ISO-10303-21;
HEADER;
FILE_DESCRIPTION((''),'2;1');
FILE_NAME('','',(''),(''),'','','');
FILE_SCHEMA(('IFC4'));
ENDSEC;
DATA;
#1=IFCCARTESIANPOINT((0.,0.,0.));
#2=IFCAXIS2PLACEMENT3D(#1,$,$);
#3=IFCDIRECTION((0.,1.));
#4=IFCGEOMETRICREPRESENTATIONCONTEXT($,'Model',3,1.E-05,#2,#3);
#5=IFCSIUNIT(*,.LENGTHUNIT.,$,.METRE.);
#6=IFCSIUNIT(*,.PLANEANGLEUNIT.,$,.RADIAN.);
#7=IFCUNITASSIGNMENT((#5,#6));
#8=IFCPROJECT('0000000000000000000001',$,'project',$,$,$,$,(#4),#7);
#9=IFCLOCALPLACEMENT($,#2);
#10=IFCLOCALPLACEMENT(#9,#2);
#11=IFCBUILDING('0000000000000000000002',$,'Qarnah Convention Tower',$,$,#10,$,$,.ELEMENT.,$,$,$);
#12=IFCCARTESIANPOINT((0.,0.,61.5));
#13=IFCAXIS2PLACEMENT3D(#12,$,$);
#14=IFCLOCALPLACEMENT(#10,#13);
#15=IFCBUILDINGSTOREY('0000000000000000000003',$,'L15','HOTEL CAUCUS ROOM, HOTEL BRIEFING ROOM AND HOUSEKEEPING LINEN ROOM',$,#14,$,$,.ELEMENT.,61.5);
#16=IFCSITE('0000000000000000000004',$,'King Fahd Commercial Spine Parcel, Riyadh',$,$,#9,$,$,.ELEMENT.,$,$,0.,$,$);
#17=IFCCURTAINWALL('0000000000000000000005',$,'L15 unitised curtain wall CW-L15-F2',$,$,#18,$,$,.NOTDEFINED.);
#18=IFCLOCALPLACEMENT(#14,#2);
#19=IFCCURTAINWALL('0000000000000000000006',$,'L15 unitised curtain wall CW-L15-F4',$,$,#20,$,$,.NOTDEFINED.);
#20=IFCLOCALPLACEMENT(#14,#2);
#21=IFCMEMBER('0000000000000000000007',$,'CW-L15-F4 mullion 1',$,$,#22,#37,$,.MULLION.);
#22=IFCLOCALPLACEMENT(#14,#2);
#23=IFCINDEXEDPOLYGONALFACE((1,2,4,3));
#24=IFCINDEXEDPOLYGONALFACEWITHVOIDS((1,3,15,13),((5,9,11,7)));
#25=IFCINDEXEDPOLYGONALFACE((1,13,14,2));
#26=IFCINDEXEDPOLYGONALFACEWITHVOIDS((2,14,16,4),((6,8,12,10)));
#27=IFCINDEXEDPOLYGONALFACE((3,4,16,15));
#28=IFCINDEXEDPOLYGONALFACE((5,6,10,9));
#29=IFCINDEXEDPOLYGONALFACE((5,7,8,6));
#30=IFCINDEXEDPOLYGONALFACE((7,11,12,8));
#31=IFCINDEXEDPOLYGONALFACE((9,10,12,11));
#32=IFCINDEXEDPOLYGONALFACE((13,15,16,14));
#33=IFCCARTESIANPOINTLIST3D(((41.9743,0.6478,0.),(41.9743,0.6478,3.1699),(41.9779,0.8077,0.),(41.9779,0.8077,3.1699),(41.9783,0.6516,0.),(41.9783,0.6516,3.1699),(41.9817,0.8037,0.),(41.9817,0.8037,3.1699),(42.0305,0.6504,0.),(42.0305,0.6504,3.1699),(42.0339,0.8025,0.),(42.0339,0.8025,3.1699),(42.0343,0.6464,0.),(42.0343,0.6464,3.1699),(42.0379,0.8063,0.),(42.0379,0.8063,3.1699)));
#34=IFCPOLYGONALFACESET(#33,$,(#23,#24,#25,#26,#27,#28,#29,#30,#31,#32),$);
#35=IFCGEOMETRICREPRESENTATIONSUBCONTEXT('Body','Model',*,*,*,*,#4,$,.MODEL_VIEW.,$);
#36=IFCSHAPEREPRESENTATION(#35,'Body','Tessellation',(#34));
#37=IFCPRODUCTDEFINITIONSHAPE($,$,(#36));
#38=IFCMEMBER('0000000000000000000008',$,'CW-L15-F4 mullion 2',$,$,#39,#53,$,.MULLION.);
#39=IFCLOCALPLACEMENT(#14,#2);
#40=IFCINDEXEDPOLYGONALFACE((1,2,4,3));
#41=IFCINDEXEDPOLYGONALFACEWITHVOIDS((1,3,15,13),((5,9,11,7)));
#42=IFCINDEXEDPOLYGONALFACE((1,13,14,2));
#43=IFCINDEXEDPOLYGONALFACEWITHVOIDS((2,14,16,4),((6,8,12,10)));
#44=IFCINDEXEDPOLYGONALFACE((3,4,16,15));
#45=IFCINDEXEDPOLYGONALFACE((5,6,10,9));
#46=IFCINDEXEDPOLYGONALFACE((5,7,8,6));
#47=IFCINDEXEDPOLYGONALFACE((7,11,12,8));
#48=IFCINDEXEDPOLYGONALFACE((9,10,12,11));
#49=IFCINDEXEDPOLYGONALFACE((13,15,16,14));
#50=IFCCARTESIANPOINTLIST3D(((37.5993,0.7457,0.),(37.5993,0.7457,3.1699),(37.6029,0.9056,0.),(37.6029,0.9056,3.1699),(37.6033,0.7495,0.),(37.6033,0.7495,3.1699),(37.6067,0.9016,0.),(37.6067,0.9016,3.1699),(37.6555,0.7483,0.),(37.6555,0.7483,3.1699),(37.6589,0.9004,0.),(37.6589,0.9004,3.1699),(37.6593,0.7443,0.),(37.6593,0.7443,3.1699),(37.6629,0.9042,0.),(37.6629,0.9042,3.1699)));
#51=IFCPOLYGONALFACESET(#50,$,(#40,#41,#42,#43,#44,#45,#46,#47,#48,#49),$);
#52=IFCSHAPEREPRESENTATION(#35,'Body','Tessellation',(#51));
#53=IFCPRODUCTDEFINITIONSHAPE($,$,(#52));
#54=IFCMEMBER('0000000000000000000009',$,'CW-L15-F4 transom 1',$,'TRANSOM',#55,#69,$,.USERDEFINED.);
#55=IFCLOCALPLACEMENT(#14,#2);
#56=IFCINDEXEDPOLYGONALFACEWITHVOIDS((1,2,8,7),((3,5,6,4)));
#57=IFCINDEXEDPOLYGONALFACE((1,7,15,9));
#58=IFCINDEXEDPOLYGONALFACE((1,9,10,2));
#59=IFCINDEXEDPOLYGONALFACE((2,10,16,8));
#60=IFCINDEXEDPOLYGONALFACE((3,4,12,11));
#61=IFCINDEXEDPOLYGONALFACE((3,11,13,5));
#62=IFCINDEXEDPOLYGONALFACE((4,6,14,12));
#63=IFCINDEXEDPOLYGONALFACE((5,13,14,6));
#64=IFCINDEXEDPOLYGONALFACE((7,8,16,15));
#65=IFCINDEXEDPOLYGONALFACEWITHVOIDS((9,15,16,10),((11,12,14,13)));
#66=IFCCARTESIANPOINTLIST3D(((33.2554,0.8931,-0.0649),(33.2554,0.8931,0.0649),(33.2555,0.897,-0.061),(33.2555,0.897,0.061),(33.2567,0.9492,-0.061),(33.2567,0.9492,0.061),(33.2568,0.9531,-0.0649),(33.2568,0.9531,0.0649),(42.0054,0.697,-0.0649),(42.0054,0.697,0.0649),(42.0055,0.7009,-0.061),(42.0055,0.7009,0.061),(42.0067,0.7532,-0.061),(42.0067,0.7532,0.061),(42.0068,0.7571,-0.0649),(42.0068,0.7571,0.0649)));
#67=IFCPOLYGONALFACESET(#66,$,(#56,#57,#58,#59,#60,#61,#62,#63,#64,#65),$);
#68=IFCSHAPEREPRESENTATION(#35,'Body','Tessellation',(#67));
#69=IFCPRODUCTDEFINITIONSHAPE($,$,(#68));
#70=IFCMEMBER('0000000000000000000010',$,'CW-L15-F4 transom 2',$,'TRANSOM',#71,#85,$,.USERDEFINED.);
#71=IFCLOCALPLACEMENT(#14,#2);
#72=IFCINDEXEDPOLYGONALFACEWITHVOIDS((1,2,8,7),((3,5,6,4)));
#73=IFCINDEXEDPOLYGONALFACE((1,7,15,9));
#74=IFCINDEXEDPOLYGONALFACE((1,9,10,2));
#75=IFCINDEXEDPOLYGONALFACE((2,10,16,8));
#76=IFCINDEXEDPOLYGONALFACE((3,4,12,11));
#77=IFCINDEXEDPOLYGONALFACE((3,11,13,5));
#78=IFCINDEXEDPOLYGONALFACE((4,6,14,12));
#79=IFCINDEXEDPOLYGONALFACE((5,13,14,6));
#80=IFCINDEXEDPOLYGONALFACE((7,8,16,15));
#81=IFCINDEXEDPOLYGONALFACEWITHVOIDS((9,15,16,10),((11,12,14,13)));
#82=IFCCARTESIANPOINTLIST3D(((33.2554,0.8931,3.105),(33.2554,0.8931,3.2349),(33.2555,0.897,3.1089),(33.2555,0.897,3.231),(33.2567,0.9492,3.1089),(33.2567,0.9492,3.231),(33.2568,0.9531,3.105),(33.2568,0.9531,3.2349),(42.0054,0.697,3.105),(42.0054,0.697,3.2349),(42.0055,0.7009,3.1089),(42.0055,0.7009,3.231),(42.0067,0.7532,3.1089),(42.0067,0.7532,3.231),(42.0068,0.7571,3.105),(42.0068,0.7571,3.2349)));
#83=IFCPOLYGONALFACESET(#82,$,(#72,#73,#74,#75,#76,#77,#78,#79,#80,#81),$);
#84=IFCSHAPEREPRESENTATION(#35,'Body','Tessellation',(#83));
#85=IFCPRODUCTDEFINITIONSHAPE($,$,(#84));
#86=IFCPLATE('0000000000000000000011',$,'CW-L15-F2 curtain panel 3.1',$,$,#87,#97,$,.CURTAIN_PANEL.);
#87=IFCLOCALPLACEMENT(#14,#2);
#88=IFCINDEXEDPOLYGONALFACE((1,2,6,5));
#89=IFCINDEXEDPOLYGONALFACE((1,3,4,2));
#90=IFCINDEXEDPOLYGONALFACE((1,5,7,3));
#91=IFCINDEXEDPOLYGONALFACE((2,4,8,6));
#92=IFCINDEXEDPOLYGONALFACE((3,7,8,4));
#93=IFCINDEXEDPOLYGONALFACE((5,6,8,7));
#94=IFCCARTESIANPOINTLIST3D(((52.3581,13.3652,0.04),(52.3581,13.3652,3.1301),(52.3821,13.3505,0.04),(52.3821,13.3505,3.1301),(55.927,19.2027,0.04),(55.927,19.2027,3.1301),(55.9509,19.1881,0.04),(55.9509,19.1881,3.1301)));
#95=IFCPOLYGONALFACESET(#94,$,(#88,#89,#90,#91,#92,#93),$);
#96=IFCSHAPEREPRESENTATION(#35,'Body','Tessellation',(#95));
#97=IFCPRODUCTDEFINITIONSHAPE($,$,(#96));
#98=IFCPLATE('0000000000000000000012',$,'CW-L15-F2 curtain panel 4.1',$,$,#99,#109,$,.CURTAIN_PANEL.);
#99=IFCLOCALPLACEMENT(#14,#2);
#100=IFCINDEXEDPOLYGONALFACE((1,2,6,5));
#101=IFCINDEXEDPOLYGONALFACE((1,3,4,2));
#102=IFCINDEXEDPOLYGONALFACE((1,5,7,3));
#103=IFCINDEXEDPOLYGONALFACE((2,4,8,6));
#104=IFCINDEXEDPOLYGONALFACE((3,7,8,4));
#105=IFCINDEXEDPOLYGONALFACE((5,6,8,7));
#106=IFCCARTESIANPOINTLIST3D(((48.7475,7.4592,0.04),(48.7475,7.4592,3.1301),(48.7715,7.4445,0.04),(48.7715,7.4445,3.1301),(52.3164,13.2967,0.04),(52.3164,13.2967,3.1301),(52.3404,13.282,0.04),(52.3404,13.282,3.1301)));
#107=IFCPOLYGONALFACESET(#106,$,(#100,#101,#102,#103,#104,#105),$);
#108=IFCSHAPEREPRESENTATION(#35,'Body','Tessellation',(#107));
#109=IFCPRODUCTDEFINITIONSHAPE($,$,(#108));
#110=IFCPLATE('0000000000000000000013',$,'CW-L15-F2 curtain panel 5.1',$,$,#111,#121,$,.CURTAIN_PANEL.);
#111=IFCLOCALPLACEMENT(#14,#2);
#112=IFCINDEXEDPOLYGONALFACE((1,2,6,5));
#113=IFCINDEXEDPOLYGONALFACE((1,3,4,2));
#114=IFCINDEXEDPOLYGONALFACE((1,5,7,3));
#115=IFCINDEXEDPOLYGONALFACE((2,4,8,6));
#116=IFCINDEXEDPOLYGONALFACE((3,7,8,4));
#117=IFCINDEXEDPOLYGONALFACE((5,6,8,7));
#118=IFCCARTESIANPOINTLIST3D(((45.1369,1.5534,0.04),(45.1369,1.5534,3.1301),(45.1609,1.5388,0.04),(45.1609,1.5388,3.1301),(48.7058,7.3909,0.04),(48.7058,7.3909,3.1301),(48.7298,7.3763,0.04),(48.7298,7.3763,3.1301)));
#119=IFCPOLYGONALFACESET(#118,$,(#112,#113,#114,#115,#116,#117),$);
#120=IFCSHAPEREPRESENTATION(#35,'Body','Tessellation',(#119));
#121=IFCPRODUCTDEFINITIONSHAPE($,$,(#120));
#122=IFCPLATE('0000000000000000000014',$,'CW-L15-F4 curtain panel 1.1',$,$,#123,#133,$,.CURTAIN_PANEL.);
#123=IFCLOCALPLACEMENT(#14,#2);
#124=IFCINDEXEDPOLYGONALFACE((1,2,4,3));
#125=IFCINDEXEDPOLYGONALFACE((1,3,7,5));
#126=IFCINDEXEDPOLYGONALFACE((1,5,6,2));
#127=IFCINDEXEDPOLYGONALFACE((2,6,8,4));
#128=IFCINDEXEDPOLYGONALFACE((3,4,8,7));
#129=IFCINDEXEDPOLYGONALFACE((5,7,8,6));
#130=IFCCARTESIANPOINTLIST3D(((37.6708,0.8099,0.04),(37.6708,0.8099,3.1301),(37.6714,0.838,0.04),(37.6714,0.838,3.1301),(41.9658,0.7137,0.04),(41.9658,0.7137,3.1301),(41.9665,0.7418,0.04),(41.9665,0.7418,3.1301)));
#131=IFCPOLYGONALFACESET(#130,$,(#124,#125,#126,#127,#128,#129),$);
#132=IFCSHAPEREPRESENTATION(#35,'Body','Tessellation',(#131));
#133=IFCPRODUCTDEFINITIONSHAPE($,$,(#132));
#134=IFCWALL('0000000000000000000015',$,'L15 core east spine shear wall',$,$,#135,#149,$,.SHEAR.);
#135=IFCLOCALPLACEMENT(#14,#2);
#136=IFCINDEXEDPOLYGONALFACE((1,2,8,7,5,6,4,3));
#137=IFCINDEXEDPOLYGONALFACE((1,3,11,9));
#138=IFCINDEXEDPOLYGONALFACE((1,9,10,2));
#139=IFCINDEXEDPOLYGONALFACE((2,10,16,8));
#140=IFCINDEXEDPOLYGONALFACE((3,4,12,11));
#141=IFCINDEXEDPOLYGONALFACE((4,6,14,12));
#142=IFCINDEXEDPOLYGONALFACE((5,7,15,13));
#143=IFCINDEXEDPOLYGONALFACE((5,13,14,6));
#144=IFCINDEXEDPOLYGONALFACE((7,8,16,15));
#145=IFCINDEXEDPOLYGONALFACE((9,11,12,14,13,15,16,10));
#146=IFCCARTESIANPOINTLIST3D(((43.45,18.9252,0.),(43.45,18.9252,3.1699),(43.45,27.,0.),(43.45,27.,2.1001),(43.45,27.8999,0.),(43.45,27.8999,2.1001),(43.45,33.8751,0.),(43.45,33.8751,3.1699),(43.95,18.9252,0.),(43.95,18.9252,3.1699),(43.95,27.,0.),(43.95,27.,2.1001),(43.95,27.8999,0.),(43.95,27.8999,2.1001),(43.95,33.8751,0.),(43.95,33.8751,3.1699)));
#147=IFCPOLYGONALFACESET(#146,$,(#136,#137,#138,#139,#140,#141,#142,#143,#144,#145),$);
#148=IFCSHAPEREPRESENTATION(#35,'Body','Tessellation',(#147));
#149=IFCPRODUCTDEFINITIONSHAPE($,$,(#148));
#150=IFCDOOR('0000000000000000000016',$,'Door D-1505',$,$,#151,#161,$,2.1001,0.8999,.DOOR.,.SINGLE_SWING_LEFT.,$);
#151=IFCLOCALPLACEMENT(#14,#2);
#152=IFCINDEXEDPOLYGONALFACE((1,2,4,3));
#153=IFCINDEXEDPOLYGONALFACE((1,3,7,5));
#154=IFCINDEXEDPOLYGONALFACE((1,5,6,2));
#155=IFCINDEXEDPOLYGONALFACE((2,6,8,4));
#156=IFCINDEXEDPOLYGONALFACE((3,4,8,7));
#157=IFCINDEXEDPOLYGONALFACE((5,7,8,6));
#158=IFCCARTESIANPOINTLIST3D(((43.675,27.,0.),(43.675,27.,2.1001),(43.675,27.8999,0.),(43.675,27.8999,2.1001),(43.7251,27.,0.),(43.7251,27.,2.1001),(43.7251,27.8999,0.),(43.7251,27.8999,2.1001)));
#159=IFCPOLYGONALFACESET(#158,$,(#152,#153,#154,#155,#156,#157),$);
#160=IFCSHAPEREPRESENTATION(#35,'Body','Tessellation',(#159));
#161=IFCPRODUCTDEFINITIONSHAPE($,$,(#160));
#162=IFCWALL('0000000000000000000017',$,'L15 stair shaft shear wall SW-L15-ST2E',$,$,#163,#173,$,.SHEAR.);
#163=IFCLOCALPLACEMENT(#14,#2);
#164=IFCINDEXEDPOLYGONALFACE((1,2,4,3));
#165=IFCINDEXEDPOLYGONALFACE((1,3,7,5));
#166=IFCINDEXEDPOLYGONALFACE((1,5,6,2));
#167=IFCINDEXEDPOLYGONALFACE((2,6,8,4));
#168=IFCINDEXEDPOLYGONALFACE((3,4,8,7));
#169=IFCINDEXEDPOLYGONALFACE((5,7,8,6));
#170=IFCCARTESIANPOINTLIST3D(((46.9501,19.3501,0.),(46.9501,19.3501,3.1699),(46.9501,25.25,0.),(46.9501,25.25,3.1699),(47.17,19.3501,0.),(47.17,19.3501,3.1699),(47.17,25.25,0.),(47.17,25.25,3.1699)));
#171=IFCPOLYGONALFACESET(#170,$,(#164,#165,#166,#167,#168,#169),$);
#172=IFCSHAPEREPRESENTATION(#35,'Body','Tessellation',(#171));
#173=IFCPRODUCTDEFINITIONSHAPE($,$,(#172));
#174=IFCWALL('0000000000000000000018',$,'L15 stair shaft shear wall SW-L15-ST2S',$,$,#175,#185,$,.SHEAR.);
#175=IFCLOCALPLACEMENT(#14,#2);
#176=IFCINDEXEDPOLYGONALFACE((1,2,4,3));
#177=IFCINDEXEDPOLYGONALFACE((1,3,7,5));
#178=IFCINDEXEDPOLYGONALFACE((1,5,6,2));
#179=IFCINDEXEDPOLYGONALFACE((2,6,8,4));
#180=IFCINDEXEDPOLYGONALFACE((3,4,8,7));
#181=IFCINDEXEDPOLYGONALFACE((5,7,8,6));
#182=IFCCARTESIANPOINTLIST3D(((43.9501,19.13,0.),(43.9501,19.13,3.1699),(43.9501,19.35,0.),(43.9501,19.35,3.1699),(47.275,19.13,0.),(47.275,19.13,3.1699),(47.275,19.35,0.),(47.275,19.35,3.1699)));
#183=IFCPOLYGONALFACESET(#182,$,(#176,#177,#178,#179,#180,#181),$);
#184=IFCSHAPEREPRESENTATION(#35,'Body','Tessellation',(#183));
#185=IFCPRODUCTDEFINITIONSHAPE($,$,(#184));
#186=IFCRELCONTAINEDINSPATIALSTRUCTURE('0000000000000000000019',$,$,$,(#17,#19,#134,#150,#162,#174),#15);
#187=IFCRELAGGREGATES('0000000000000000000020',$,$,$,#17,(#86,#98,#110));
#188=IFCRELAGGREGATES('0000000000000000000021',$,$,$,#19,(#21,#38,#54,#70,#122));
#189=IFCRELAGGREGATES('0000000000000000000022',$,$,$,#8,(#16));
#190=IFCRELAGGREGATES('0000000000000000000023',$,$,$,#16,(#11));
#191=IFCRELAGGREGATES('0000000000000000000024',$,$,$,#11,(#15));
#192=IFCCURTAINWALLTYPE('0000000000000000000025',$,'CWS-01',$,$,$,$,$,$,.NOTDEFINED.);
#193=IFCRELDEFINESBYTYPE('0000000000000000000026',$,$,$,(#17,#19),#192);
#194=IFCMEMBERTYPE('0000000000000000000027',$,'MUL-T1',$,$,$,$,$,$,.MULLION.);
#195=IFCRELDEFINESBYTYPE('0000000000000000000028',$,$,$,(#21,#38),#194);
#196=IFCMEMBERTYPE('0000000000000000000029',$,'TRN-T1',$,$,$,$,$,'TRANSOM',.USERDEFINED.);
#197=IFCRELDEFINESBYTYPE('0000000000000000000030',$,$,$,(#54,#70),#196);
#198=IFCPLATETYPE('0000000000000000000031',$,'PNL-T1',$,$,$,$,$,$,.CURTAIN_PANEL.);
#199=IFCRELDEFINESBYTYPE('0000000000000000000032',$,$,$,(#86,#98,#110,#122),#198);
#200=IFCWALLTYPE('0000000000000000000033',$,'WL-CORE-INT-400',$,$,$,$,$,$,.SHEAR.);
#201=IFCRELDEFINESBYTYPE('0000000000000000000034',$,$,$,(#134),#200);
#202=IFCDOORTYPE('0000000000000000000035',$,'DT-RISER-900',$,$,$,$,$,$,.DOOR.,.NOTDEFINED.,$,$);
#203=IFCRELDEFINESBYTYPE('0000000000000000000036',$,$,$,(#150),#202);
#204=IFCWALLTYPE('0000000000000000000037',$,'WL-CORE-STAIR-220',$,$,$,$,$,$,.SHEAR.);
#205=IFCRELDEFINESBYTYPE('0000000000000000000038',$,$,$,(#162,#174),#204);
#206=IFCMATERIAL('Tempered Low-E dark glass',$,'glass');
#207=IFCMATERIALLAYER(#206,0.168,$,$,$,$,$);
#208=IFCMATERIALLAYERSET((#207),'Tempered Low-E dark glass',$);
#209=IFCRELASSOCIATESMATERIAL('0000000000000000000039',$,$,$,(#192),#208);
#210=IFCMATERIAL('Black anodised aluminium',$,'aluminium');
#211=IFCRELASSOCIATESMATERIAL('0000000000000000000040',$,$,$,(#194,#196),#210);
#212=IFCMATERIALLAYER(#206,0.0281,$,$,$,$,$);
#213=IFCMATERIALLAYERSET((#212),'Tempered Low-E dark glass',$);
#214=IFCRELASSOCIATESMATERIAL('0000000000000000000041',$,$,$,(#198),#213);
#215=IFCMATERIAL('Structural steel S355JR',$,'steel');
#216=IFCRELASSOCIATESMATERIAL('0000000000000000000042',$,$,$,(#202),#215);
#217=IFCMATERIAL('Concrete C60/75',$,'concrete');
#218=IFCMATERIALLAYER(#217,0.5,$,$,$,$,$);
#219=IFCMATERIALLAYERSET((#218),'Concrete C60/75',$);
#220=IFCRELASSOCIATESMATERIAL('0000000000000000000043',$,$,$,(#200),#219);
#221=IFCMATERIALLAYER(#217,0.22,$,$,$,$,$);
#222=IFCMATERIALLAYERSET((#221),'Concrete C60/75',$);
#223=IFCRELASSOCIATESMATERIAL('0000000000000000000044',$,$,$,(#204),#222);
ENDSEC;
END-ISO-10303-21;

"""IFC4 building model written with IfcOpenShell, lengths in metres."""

from ifc_helpers import new_model, si_unit, direction, frame, frame_2d, origin, origin_2d, place, context, subcontext, project, spatial, rectangle, hollow_rectangle, extrude, material, layer, layer_set, material_profile, profile_set, type_object, element, fill, aggregate, save


model = new_model("IFC4")

# Units and contexts
model_context = context("Model", 3, precision=1e-05, world=origin(), true_north=direction((0.0, 1.0)))
body_context = subcontext(model_context, "Body", "Model", "MODEL_VIEW")
ifc_project = project(units=[si_unit("LENGTHUNIT", "METRE"), si_unit("PLANEANGLEUNIT", "RADIAN")], contexts=[model_context])

# Site, building, storey
site_placement = place(None, origin())
site = spatial("IfcSite", under=ifc_project, at=site_placement, Name="King Fahd Commercial Spine Parcel, Riyadh", CompositionType="ELEMENT", RefElevation=0.0)
building_placement = place(site_placement, origin())
building = spatial("IfcBuilding", under=site, at=building_placement, Name="Qarnah Convention Tower", CompositionType="ELEMENT")
storey_placement = place(building_placement, frame((0.0, 0.0, 61.5)))
storey = spatial("IfcBuildingStorey", under=building, at=storey_placement, Name="L15", Description="HOTEL CAUCUS ROOM, HOTEL BRIEFING ROOM AND HOUSEKEEPING LINEN ROOM", CompositionType="ELEMENT", Elevation=61.5)

# Shared definitions
ifc_material_1 = material(Name="Concrete C60/75", Category="concrete")
ifc_material_2 = material(Name="Structural steel S355JR", Category="steel")

# Curtain walls, members
ifc_material_3 = material(Name="Tempered Low-E dark glass", Category="glass")
ifc_layer_1 = layer(ifc_material_3, 0.168)
ifc_layer_set_1 = layer_set([ifc_layer_1], Name="Tempered Low-E dark glass")
curtain_wall_type = type_object("IfcCurtainWallType", Name="CWS-01", PredefinedType="NOTDEFINED", material=ifc_layer_set_1)
curtain_wall_1_placement = place(storey_placement, origin())
curtain_wall_1 = element("IfcCurtainWall", 1, at=curtain_wall_1_placement, inside=storey, type_object=curtain_wall_type, Name="L15 unitised curtain wall CW-L15-F2", PredefinedType="NOTDEFINED")
ifc_material_4 = material(Name="Black anodised aluminium", Category="aluminium")
ifc_material_profile_1 = material_profile(ifc_material_4, hollow_rectangle(XDim=0.0601, YDim=0.1599, WallThickness=0.0039, at=origin_2d()), Name="MUL-60X160")
ifc_profile_set_1 = profile_set([ifc_material_profile_1], Name="Black anodised aluminium")
member_type_1 = type_object("IfcMemberType", Name="MUL-T1", PredefinedType="MULLION", material=ifc_profile_set_1)
curtain_wall_2_placement = place(storey_placement, origin())
curtain_wall_2 = element("IfcCurtainWall", 2, at=curtain_wall_2_placement, inside=storey, type_object=curtain_wall_type, Name="L15 unitised curtain wall CW-L15-F4", PredefinedType="NOTDEFINED")
member_1_placement = place(storey_placement, frame((42.0061, 0.7271, 0.0), z_axis=(0.0, 0.0, 1.0), x_axis=(-0.999749, 0.022394, 0.0)))
member_1 = element("IfcMember", 3, at=member_1_placement, type_object=member_type_1, Name="CW-L15-F4 mullion 1", PredefinedType="MULLION", context=body_context, shape_type="SweptSolid", body=[
    extrude(hollow_rectangle(XDim=0.0601, YDim=0.1599, WallThickness=0.0039, at=origin_2d()), origin(), (0.0, 0.0, 1.0), 3.1699),
])
member_2_placement = place(storey_placement, frame((37.6311, 0.825, 0.0), z_axis=(0.0, 0.0, 1.0), x_axis=(-0.999749, 0.022394, 0.0)))
member_2 = element("IfcMember", 4, at=member_2_placement, type_object=member_type_1, Name="CW-L15-F4 mullion 2", PredefinedType="MULLION", context=body_context, shape_type="SweptSolid", body=[
    extrude(hollow_rectangle(XDim=0.0601, YDim=0.1599, WallThickness=0.0039, at=origin_2d()), origin(), (0.0, 0.0, 1.0), 3.1699),
])
ifc_material_profile_2 = material_profile(ifc_material_4, hollow_rectangle(XDim=0.0601, YDim=0.1299, WallThickness=0.0039, at=origin_2d()), Name="TRN-60X130")
ifc_profile_set_2 = profile_set([ifc_material_profile_2], Name="Black anodised aluminium")
member_type_2 = type_object("IfcMemberType", Name="TRN-T1", ElementType="TRANSOM", PredefinedType="USERDEFINED", material=ifc_profile_set_2)
member_3_placement = place(storey_placement, frame((42.0061, 0.7271, 0.0), z_axis=(-0.999749, 0.0224, 0.0), x_axis=(-0.0224, -0.999749, 0.0)))
member_3 = element("IfcMember", 5, at=member_3_placement, type_object=member_type_2, Name="CW-L15-F4 transom 1", ObjectType="TRANSOM", PredefinedType="USERDEFINED", context=body_context, shape_type="SweptSolid", body=[
    extrude(hollow_rectangle(XDim=0.0601, YDim=0.1299, WallThickness=0.0039, at=origin_2d()), origin(), (0.0, 0.0, 1.0), 8.7522),
])
member_4_placement = place(storey_placement, frame((42.0061, 0.7271, 3.1699), z_axis=(-0.999749, 0.0224, 0.0), x_axis=(-0.0224, -0.999749, 0.0)))
member_4 = element("IfcMember", 6, at=member_4_placement, type_object=member_type_2, Name="CW-L15-F4 transom 2", ObjectType="TRANSOM", PredefinedType="USERDEFINED", context=body_context, shape_type="SweptSolid", body=[
    extrude(hollow_rectangle(XDim=0.0601, YDim=0.1299, WallThickness=0.0039, at=origin_2d()), origin(), (0.0, 0.0, 1.0), 8.7522),
])

# Plates
ifc_layer_2 = layer(ifc_material_3, 0.0281)
ifc_layer_set_2 = layer_set([ifc_layer_2], Name="Tempered Low-E dark glass")
plate_type = type_object("IfcPlateType", Name="PNL-T1", PredefinedType="CURTAIN_PANEL", material=ifc_layer_set_2)
plate_1_placement = place(storey_placement, frame((54.1545, 16.2766, 0.04), z_axis=(0.0, 0.0, 1.0), x_axis=(-0.521608, -0.853185, 0.0)))
plate_1 = element("IfcPlate", 7, at=plate_1_placement, type_object=plate_type, Name="CW-L15-F2 curtain panel 3.1", PredefinedType="CURTAIN_PANEL", context=body_context, shape_type="SweptSolid", body=[
    extrude(rectangle(XDim=6.842, YDim=0.0281, at=origin_2d()), origin(), (0.0, 0.0, 1.0), 3.0901),
])
plate_2_placement = place(storey_placement, frame((50.5439, 10.3706, 0.04), z_axis=(0.0, 0.0, 1.0), x_axis=(-0.521608, -0.853185, 0.0)))
plate_2 = element("IfcPlate", 8, at=plate_2_placement, type_object=plate_type, Name="CW-L15-F2 curtain panel 4.1", PredefinedType="CURTAIN_PANEL", context=body_context, shape_type="SweptSolid", body=[
    extrude(rectangle(XDim=6.842, YDim=0.0281, at=origin_2d()), origin(), (0.0, 0.0, 1.0), 3.0901),
])
plate_3_placement = place(storey_placement, frame((46.9333, 4.4648, 0.04), z_axis=(0.0, 0.0, 1.0), x_axis=(-0.521608, -0.853185, 0.0)))
plate_3 = element("IfcPlate", 9, at=plate_3_placement, type_object=plate_type, Name="CW-L15-F2 curtain panel 5.1", PredefinedType="CURTAIN_PANEL", context=body_context, shape_type="SweptSolid", body=[
    extrude(rectangle(XDim=6.842, YDim=0.0281, at=origin_2d()), origin(), (0.0, 0.0, 1.0), 3.0901),
])
aggregate(curtain_wall_1, [plate_1, plate_2, plate_3])
plate_4_placement = place(storey_placement, frame((39.8186, 0.7759, 0.04), z_axis=(0.0, 0.0, 1.0), x_axis=(-0.999749, 0.022394, 0.0)))
plate_4 = element("IfcPlate", 10, at=plate_4_placement, type_object=plate_type, Name="CW-L15-F4 curtain panel 1.1", PredefinedType="CURTAIN_PANEL", context=body_context, shape_type="SweptSolid", body=[
    extrude(rectangle(XDim=4.2961, YDim=0.0281, at=origin_2d()), origin(), (0.0, 0.0, 1.0), 3.0901),
])
aggregate(curtain_wall_2, [member_1, member_2, member_3, member_4, plate_4])

# Shared definitions
door_type_1 = type_object("IfcDoorType", Name="DT-RISER-900", OperationType="NOTDEFINED", PredefinedType="DOOR", material=ifc_material_2)

# Wall, opening, door
ifc_layer_3 = layer(ifc_material_1, 0.5)
ifc_layer_set_3 = layer_set([ifc_layer_3], Name="Concrete C60/75")
wall_type_1 = type_object("IfcWallType", Name="WL-CORE-INT-400", PredefinedType="SHEAR", material=ifc_layer_set_3)
wall_1_placement = place(storey_placement, frame((43.7, 18.925, 0.0), z_axis=(0.0, 0.0, 1.0), x_axis=(0.0, 1.0, 0.0)))
wall_1 = element("IfcWall", 11, at=wall_1_placement, inside=storey, type_object=wall_type_1, Name="L15 core east spine shear wall", PredefinedType="SHEAR", context=body_context, shape_type="SweptSolid", body=[
    extrude(rectangle(XDim=14.95, YDim=0.5, at=frame_2d((7.4751, 0.0))), origin(), (0.0, 0.0, 1.0), 3.1699),
])
opening_1_placement = place(wall_1_placement, frame((8.075, 0.0, 0.0)))
opening_1 = element("IfcOpeningElement", 12, at=opening_1_placement, cuts=wall_1, PredefinedType="OPENING", context=body_context, shape_type="SweptSolid", body=[
    extrude(rectangle(XDim=0.8999, YDim=2.1001, at=frame_2d((0.45, 1.05))), frame((0.0, 0.26, 0.0), z_axis=(0.0, -1.0, 0.0), x_axis=(1.0, 0.0, 0.0)), (0.0, 0.0, 1.0), 0.52),
])
door_1_placement = place(opening_1_placement, origin())
door_1 = element("IfcDoor", 13, at=door_1_placement, inside=storey, type_object=door_type_1, Name="Door D-1505", OperationType="SINGLE_SWING_LEFT", OverallHeight=2.1001, OverallWidth=0.8999, PredefinedType="DOOR", context=body_context, shape_type="SweptSolid", body=[
    extrude(rectangle(XDim=0.8999, YDim=2.1001, at=frame_2d((0.45, 1.05))), frame((0.0, 0.0249, 0.0), z_axis=(0.0, -1.0, 0.0), x_axis=(1.0, 0.0, 0.0)), (0.0, 0.0, 1.0), 0.05),
])
fill(opening_1, door_1)

# Walls
ifc_layer_4 = layer(ifc_material_1, 0.22)
ifc_layer_set_4 = layer_set([ifc_layer_4], Name="Concrete C60/75")
wall_type_2 = type_object("IfcWallType", Name="WL-CORE-STAIR-220", PredefinedType="SHEAR", material=ifc_layer_set_4)
wall_2_placement = place(storey_placement, frame((47.0601, 19.3501, 0.0), z_axis=(0.0, 0.0, 1.0), x_axis=(0.0, 1.0, 0.0)))
element("IfcWall", 14, at=wall_2_placement, inside=storey, type_object=wall_type_2, Name="L15 stair shaft shear wall SW-L15-ST2E", PredefinedType="SHEAR", context=body_context, shape_type="SweptSolid", body=[
    extrude(rectangle(XDim=5.8999, YDim=0.22, at=frame_2d((2.95, 0.0))), origin(), (0.0, 0.0, 1.0), 3.1699),
])
wall_3_placement = place(storey_placement, frame((43.95, 19.24, 0.0), z_axis=(0.0, 0.0, 1.0), x_axis=(1.0, 0.0, 0.0)))
element("IfcWall", 15, at=wall_3_placement, inside=storey, type_object=wall_type_2, Name="L15 stair shaft shear wall SW-L15-ST2S", PredefinedType="SHEAR", context=body_context, shape_type="SweptSolid", body=[
    extrude(rectangle(XDim=3.325, YDim=0.22, at=frame_2d((1.6626, 0.0))), origin(), (0.0, 0.0, 1.0), 3.1699),
])

save(model, "model.ifc")
